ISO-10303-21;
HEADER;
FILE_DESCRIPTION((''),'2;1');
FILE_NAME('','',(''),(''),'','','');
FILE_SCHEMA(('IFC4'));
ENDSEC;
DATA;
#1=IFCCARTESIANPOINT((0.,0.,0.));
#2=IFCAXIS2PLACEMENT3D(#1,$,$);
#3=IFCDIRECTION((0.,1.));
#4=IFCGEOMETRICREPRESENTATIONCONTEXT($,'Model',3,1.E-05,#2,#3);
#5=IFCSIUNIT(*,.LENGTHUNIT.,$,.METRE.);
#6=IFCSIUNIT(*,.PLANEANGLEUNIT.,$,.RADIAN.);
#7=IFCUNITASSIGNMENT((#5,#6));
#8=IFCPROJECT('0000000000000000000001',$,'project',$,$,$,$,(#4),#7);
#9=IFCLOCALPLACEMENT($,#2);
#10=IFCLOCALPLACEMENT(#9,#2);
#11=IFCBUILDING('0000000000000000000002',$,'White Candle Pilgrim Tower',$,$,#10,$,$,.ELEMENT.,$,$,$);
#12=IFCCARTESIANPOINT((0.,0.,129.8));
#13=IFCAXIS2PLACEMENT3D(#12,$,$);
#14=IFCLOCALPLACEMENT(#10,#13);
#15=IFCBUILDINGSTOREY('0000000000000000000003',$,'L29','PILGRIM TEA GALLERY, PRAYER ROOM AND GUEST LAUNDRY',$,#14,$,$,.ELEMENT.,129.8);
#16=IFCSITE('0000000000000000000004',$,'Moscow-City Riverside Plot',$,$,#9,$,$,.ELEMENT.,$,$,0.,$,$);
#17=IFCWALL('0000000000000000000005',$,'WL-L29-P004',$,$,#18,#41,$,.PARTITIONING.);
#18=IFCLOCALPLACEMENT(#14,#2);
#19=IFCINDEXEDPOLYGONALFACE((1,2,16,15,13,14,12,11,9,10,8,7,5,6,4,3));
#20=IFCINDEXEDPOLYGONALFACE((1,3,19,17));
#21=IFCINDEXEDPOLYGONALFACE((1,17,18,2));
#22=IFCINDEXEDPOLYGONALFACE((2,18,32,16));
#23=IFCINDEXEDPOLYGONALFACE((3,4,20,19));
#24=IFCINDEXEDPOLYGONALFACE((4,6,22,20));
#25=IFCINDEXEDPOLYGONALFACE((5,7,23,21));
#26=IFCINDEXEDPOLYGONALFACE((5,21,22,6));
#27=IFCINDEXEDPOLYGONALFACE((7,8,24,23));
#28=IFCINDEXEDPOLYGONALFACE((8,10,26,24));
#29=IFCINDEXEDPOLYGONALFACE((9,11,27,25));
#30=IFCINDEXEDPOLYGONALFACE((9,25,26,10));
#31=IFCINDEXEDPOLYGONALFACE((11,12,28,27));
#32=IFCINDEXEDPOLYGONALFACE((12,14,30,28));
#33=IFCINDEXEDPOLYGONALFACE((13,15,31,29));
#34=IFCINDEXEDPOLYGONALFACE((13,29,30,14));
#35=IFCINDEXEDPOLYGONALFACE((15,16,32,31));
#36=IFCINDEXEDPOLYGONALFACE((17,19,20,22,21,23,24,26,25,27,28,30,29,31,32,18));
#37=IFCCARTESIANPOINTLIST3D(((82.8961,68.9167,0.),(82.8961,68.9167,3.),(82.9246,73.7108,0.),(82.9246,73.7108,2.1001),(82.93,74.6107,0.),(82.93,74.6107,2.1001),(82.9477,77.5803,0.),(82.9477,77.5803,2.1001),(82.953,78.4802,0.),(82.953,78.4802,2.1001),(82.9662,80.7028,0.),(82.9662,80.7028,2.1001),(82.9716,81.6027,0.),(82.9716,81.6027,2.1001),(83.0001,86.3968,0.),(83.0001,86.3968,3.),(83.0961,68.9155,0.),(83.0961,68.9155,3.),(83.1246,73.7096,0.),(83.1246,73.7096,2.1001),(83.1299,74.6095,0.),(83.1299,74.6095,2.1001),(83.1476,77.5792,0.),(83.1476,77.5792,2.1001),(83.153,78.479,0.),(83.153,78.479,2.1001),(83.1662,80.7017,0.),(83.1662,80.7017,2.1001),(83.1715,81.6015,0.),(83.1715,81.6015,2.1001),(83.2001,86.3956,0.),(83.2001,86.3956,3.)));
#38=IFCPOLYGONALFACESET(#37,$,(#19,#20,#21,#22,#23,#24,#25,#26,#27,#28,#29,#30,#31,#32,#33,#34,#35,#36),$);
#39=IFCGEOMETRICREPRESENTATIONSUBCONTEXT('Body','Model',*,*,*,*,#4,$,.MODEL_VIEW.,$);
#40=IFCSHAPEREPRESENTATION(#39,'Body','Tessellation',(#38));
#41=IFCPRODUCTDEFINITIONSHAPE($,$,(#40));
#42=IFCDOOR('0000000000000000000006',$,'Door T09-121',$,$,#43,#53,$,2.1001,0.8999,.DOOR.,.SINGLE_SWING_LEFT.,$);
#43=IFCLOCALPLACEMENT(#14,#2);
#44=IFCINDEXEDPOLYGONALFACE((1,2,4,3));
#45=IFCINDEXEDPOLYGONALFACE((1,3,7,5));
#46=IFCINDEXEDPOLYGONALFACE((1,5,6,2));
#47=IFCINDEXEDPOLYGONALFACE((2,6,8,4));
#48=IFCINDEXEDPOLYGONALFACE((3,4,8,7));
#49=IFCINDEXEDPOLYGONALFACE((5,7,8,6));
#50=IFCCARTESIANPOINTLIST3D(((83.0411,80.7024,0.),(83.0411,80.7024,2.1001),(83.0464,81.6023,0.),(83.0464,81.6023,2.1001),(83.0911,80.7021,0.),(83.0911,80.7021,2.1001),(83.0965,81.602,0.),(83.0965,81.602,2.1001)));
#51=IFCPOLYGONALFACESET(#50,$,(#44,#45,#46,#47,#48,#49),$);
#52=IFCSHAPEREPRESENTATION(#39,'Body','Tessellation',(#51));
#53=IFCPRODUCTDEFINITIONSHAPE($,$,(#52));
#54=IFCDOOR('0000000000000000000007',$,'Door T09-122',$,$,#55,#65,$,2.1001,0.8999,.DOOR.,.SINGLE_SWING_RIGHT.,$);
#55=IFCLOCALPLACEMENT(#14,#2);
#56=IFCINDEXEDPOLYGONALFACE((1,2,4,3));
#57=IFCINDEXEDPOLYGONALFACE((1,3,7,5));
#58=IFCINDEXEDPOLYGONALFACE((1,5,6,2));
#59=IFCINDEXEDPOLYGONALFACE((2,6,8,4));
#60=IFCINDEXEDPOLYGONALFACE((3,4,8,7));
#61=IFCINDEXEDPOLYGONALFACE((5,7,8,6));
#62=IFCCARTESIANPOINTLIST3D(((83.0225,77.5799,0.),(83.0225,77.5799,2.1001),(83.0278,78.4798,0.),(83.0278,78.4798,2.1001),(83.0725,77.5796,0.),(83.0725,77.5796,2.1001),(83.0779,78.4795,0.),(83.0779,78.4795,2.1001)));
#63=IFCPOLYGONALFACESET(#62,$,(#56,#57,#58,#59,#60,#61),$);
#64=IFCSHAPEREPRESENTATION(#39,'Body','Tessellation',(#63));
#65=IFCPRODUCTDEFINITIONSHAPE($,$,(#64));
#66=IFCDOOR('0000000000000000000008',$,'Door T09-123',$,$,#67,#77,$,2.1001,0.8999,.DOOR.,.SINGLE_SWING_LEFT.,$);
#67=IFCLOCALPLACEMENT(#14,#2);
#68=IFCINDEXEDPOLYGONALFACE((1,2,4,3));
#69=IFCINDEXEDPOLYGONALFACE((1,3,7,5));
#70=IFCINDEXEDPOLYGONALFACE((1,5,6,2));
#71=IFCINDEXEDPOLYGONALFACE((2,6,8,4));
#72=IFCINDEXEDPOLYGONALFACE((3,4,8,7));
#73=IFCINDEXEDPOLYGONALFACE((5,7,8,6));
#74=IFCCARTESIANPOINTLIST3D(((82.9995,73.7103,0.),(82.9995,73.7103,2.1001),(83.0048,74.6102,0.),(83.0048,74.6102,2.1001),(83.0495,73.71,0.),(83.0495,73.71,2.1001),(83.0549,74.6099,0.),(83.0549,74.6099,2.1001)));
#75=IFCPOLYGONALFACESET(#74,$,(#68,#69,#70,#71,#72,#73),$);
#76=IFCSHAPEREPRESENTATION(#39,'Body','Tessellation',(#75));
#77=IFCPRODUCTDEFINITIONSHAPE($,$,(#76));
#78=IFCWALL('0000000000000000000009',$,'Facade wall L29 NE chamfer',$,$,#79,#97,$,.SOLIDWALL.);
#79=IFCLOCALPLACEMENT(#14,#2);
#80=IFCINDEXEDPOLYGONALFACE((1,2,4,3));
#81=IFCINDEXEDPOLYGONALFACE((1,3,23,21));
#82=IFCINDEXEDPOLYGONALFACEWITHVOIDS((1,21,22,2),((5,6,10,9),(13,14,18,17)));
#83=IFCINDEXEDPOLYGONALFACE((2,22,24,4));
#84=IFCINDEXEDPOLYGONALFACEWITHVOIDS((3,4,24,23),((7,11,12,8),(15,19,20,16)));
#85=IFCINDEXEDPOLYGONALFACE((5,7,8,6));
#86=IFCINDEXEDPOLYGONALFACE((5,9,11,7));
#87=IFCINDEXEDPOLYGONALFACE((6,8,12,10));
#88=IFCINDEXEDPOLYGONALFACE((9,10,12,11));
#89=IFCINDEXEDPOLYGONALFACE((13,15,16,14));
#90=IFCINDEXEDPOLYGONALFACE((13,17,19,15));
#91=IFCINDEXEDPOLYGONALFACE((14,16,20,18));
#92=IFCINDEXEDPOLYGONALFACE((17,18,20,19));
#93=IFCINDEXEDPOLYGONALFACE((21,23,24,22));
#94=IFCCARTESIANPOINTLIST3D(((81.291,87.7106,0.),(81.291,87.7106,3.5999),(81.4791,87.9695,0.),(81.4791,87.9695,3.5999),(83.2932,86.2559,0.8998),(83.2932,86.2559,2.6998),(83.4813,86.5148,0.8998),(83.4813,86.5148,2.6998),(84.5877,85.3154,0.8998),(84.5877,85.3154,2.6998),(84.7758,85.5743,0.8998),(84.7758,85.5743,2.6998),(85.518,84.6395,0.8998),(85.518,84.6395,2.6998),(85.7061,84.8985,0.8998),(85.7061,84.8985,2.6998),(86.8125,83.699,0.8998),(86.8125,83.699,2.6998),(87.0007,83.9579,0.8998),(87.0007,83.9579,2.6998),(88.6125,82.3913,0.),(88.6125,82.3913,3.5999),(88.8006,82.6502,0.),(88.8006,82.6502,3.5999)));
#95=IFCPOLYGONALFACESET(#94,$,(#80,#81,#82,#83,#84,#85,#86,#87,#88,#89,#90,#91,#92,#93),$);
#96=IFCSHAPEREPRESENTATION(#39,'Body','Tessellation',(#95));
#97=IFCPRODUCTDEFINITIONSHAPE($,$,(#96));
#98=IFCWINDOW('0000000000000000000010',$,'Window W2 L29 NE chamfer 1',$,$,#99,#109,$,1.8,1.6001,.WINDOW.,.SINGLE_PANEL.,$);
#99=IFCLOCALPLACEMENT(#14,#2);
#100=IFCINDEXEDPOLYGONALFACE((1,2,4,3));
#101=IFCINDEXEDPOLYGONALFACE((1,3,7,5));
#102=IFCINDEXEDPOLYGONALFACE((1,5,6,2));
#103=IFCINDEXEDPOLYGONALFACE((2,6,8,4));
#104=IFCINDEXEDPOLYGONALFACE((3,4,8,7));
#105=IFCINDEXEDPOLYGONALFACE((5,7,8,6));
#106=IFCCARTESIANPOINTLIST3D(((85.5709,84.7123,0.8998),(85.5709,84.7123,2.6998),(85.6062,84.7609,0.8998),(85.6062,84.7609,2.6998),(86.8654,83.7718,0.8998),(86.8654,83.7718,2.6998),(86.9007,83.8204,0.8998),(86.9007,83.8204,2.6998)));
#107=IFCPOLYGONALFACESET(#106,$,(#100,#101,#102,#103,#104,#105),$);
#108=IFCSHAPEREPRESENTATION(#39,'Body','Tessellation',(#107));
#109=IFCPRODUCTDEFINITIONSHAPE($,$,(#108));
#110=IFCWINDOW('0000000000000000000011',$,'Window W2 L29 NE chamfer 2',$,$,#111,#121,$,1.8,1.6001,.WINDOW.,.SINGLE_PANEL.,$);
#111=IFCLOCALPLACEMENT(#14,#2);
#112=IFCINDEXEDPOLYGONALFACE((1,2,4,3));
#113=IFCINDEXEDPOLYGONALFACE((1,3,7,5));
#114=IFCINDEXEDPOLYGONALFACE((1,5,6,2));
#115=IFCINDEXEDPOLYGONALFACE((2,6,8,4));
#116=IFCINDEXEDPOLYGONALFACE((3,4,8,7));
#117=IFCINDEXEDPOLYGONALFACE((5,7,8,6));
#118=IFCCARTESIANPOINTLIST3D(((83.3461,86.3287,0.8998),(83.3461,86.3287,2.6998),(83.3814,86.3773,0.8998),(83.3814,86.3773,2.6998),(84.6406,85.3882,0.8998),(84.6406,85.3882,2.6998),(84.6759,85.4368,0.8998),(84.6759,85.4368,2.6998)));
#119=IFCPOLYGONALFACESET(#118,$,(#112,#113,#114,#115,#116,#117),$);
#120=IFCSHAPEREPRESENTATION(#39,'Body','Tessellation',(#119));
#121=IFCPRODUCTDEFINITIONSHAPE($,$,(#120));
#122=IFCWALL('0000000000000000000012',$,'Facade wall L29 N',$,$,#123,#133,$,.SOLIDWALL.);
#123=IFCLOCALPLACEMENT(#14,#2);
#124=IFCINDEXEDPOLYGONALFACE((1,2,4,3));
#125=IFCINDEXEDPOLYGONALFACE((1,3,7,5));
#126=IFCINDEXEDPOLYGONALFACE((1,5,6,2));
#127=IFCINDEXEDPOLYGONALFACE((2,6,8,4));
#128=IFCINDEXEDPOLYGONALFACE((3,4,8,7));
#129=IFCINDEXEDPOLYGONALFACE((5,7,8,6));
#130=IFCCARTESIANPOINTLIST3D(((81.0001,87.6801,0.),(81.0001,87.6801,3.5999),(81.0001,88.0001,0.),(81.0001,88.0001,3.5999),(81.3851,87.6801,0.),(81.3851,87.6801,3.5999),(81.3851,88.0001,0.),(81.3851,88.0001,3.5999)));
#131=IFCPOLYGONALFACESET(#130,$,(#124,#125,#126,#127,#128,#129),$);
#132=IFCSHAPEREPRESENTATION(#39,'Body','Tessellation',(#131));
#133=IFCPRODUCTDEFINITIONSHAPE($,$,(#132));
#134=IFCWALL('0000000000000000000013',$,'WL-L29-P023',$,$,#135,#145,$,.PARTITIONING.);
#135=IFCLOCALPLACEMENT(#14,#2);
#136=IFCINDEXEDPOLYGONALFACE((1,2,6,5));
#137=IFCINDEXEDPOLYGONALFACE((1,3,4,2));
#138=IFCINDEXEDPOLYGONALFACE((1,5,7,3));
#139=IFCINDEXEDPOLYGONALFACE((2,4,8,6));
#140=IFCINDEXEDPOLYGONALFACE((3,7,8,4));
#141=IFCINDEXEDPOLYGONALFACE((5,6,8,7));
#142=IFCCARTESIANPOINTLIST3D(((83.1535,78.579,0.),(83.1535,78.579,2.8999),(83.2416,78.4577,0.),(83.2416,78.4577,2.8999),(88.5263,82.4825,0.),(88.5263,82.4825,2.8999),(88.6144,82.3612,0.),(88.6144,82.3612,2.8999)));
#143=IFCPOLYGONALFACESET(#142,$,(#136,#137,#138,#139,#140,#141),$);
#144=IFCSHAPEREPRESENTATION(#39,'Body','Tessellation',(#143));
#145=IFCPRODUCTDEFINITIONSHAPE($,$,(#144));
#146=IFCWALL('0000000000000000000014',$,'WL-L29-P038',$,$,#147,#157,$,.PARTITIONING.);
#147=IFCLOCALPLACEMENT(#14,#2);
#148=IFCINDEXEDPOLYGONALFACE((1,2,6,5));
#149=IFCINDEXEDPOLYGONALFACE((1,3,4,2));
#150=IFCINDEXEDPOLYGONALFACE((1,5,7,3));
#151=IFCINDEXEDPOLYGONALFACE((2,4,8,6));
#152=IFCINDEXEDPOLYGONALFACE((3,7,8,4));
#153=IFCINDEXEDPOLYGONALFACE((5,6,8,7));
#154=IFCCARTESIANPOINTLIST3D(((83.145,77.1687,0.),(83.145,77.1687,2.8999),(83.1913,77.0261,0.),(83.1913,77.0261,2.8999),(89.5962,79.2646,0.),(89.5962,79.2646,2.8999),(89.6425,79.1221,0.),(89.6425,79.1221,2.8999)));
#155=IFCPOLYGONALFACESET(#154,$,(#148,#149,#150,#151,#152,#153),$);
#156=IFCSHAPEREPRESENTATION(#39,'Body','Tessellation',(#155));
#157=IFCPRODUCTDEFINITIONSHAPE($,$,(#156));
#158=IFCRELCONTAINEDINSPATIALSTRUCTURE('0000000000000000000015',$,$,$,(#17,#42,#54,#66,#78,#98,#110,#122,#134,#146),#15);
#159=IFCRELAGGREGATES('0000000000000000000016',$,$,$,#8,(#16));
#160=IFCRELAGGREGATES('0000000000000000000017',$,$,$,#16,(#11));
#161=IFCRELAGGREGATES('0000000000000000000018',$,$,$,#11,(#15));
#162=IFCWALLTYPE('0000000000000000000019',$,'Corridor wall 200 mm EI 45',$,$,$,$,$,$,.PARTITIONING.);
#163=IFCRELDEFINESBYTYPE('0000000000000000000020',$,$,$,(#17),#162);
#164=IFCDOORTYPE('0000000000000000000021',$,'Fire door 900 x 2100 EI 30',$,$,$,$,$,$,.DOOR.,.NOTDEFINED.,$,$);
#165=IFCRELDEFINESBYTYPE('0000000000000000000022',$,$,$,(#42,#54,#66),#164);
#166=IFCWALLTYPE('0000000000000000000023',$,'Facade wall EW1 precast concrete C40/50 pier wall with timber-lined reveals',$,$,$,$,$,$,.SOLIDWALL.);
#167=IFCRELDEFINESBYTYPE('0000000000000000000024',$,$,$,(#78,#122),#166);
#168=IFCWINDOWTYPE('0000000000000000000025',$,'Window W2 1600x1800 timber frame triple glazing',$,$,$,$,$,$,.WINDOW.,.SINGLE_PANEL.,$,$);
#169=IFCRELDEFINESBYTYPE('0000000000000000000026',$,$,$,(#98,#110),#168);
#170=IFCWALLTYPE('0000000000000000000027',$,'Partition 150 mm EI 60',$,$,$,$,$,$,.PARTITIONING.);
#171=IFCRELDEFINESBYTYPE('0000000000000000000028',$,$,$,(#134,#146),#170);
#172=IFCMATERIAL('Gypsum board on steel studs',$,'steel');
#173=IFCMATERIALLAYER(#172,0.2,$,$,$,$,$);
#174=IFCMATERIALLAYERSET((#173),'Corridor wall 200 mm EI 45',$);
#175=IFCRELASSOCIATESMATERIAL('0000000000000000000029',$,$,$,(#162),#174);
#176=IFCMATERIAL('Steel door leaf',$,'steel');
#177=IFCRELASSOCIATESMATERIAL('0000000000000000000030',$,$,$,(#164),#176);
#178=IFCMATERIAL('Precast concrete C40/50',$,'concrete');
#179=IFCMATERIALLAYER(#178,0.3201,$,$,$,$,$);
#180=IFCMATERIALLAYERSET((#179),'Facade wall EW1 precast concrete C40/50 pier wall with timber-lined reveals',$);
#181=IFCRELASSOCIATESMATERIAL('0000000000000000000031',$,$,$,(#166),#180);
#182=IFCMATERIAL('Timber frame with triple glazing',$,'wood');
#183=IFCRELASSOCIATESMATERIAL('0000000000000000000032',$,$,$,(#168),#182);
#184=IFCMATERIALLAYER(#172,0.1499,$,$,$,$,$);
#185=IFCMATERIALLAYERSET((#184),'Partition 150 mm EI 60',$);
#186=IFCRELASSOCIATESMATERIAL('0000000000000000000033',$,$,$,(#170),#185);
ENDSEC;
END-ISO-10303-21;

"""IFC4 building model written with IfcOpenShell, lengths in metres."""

from ifc_helpers import new_model, si_unit, direction, frame, frame_2d, origin, place, context, subcontext, project, spatial, rectangle, extrude, material, layer, layer_set, type_object, element, fill, save


model = new_model("IFC4")

# Units and contexts
model_context = context("Model", 3, precision=1e-05, world=origin(), true_north=direction((0.0, 1.0)))
body_context = subcontext(model_context, "Body", "Model", "MODEL_VIEW")
ifc_project = project(units=[si_unit("LENGTHUNIT", "METRE"), si_unit("PLANEANGLEUNIT", "RADIAN")], contexts=[model_context])

# Site, building, storey
site_placement = place(None, origin())
site = spatial("IfcSite", under=ifc_project, at=site_placement, Name="Moscow-City Riverside Plot", CompositionType="ELEMENT", RefElevation=0.0)
building_placement = place(site_placement, origin())
building = spatial("IfcBuilding", under=site, at=building_placement, Name="White Candle Pilgrim Tower", CompositionType="ELEMENT")
storey_placement = place(building_placement, frame((0.0, 0.0, 129.8)))
storey = spatial("IfcBuildingStorey", under=building, at=storey_placement, Name="L29", Description="PILGRIM TEA GALLERY, PRAYER ROOM AND GUEST LAUNDRY", CompositionType="ELEMENT", Elevation=129.8)

# Shared definitions
ifc_material_1 = material(Name="Steel door leaf", Category="steel")

# Wall, openings, doors
ifc_material_2 = material(Name="Gypsum board on steel studs", Category="steel")
ifc_layer_1 = layer(ifc_material_2, 0.2)
ifc_layer_set_1 = layer_set([ifc_layer_1], Name="Corridor wall 200 mm EI 45")
wall_type_1 = type_object("IfcWallType", Name="Corridor wall 200 mm EI 45", PredefinedType="PARTITIONING", material=ifc_layer_set_1)
wall_1_placement = place(storey_placement, frame((83.1001, 86.3962, 0.0), z_axis=(0.0, 0.0, 1.0), x_axis=(-0.00595, -0.999982, 0.0)))
wall_1 = element("IfcWall", 1, at=wall_1_placement, inside=storey, type_object=wall_type_1, Name="WL-L29-P004", PredefinedType="PARTITIONING", context=body_context, shape_type="SweptSolid", body=[
    extrude(rectangle(XDim=17.4805, YDim=0.2, at=frame_2d((8.7402, 0.0))), origin(), (0.0, 0.0, 1.0), 3.0),
])
opening_1_placement = place(wall_1_placement, frame((4.7942, 0.0, 0.0)))
opening_1 = element("IfcOpeningElement", 2, at=opening_1_placement, cuts=wall_1, PredefinedType="OPENING", context=body_context, shape_type="SweptSolid", body=[
    extrude(rectangle(XDim=0.8999, YDim=2.1001, at=frame_2d((0.45, 1.05))), frame((0.0, 0.1099, 0.0), z_axis=(0.0, -1.0, 0.0), x_axis=(1.0, 0.0, 0.0)), (0.0, 0.0, 1.0), 0.22),
])
opening_2_placement = place(wall_1_placement, frame((7.9167, 0.0, 0.0)))
opening_2 = element("IfcOpeningElement", 3, at=opening_2_placement, cuts=wall_1, PredefinedType="OPENING", context=body_context, shape_type="SweptSolid", body=[
    extrude(rectangle(XDim=0.8999, YDim=2.1001, at=frame_2d((0.45, 1.05))), frame((0.0, 0.1099, 0.0), z_axis=(0.0, -1.0, 0.0), x_axis=(1.0, 0.0, 0.0)), (0.0, 0.0, 1.0), 0.22),
])
opening_3_placement = place(wall_1_placement, frame((11.7864, 0.0, 0.0)))
opening_3 = element("IfcOpeningElement", 4, at=opening_3_placement, cuts=wall_1, PredefinedType="OPENING", context=body_context, shape_type="SweptSolid", body=[
    extrude(rectangle(XDim=0.8999, YDim=2.1001, at=frame_2d((0.45, 1.05))), frame((0.0, 0.1099, 0.0), z_axis=(0.0, -1.0, 0.0), x_axis=(1.0, 0.0, 0.0)), (0.0, 0.0, 1.0), 0.22),
])
door_type_1 = type_object("IfcDoorType", Name="Fire door 900 x 2100 EI 30", OperationType="NOTDEFINED", PredefinedType="DOOR", material=ifc_material_1)
door_1_placement = place(opening_1_placement, origin())
door_1 = element("IfcDoor", 5, at=door_1_placement, inside=storey, type_object=door_type_1, Name="Door T09-121", OperationType="SINGLE_SWING_LEFT", OverallHeight=2.1001, OverallWidth=0.8999, PredefinedType="DOOR", context=body_context, shape_type="SweptSolid", body=[
    extrude(rectangle(XDim=0.8999, YDim=2.1001, at=frame_2d((0.45, 1.05))), frame((0.0, 0.0249, 0.0), z_axis=(0.0, -1.0, 0.0), x_axis=(1.0, 0.0, 0.0)), (0.0, 0.0, 1.0), 0.05),
])
fill(opening_1, door_1)
door_2_placement = place(opening_2_placement, origin())
door_2 = element("IfcDoor", 6, at=door_2_placement, inside=storey, type_object=door_type_1, Name="Door T09-122", OperationType="SINGLE_SWING_RIGHT", OverallHeight=2.1001, OverallWidth=0.8999, PredefinedType="DOOR", context=body_context, shape_type="SweptSolid", body=[
    extrude(rectangle(XDim=0.8999, YDim=2.1001, at=frame_2d((0.45, 1.05))), frame((0.0, 0.0249, 0.0), z_axis=(0.0, -1.0, 0.0), x_axis=(1.0, 0.0, 0.0)), (0.0, 0.0, 1.0), 0.05),
])
fill(opening_2, door_2)
door_3_placement = place(opening_3_placement, origin())
door_3 = element("IfcDoor", 7, at=door_3_placement, inside=storey, type_object=door_type_1, Name="Door T09-123", OperationType="SINGLE_SWING_LEFT", OverallHeight=2.1001, OverallWidth=0.8999, PredefinedType="DOOR", context=body_context, shape_type="SweptSolid", body=[
    extrude(rectangle(XDim=0.8999, YDim=2.1001, at=frame_2d((0.45, 1.05))), frame((0.0, 0.0249, 0.0), z_axis=(0.0, -1.0, 0.0), x_axis=(1.0, 0.0, 0.0)), (0.0, 0.0, 1.0), 0.05),
])
fill(opening_3, door_3)

# Wall, openings, windows
ifc_material_3 = material(Name="Precast concrete C40/50", Category="concrete")
ifc_layer_2 = layer(ifc_material_3, 0.3201)
ifc_layer_set_2 = layer_set([ifc_layer_2], Name="Facade wall EW1 precast concrete C40/50 pier wall with timber-lined reveals")
wall_type_2 = type_object("IfcWallType", Name="Facade wall EW1 precast concrete C40/50 pier wall with timber-lined reveals", PredefinedType="SOLIDWALL", material=ifc_layer_set_2)
wall_2_placement = place(storey_placement, frame((88.7065, 82.5208, 0.0), z_axis=(0.0, 0.0, 1.0), x_axis=(-0.809021, 0.58778, 0.0)))
wall_2 = element("IfcWall", 8, at=wall_2_placement, inside=storey, type_object=wall_type_2, Name="Facade wall L29 NE chamfer", PredefinedType="SOLIDWALL", context=body_context, shape_type="SweptSolid", body=[
    extrude(rectangle(XDim=9.0498, YDim=0.3201, at=frame_2d((4.5249, 0.0))), origin(), (0.0, 0.0, 1.0), 3.5999),
])
opening_4_placement = place(wall_2_placement, frame((2.2249, 0.0, 0.8999)))
opening_4 = element("IfcOpeningElement", 9, at=opening_4_placement, cuts=wall_2, PredefinedType="OPENING", context=body_context, shape_type="SweptSolid", body=[
    extrude(rectangle(XDim=1.6001, YDim=1.8, at=frame_2d((0.8, 0.8999))), frame((0.0, 0.1699, 0.0), z_axis=(0.0, -1.0, 0.0), x_axis=(1.0, 0.0, 0.0)), (0.0, 0.0, 1.0), 0.3401),
])
opening_5_placement = place(wall_2_placement, frame((4.9749, 0.0, 0.8999)))
opening_5 = element("IfcOpeningElement", 10, at=opening_5_placement, cuts=wall_2, PredefinedType="OPENING", context=body_context, shape_type="SweptSolid", body=[
    extrude(rectangle(XDim=1.6001, YDim=1.8, at=frame_2d((0.8, 0.8999))), frame((0.0, 0.1699, 0.0), z_axis=(0.0, -1.0, 0.0), x_axis=(1.0, 0.0, 0.0)), (0.0, 0.0, 1.0), 0.3401),
])
ifc_material_4 = material(Name="Timber frame with triple glazing", Category="wood")
window_type = type_object("IfcWindowType", Name="Window W2 1600x1800 timber frame triple glazing", PartitioningType="SINGLE_PANEL", PredefinedType="WINDOW", material=ifc_material_4)
window_1_placement = place(opening_4_placement, origin())
window_1 = element("IfcWindow", 11, at=window_1_placement, inside=storey, type_object=window_type, Name="Window W2 L29 NE chamfer 1", OverallHeight=1.8, OverallWidth=1.6001, PartitioningType="SINGLE_PANEL", PredefinedType="WINDOW", context=body_context, shape_type="SweptSolid", body=[
    extrude(rectangle(XDim=1.6001, YDim=1.8, at=frame_2d((0.8, 0.8999))), frame((0.0, 0.0701, 0.0), z_axis=(0.0, -1.0, 0.0), x_axis=(1.0, 0.0, 0.0)), (0.0, 0.0, 1.0), 0.0601),
])
fill(opening_4, window_1)
window_2_placement = place(opening_5_placement, origin())
window_2 = element("IfcWindow", 12, at=window_2_placement, inside=storey, type_object=window_type, Name="Window W2 L29 NE chamfer 2", OverallHeight=1.8, OverallWidth=1.6001, PartitioningType="SINGLE_PANEL", PredefinedType="WINDOW", context=body_context, shape_type="SweptSolid", body=[
    extrude(rectangle(XDim=1.6001, YDim=1.8, at=frame_2d((0.8, 0.8999))), frame((0.0, 0.0701, 0.0), z_axis=(0.0, -1.0, 0.0), x_axis=(1.0, 0.0, 0.0)), (0.0, 0.0, 1.0), 0.0601),
])
fill(opening_5, window_2)

# Walls
wall_3_placement = place(storey_placement, frame((81.385, 87.8401, 0.0), z_axis=(0.0, 0.0, 1.0), x_axis=(-1.0, 0.0, 0.0)))
element("IfcWall", 13, at=wall_3_placement, inside=storey, type_object=wall_type_2, Name="Facade wall L29 N", PredefinedType="SOLIDWALL", context=body_context, shape_type="SweptSolid", body=[
    extrude(rectangle(XDim=0.385, YDim=0.3201, at=frame_2d((0.1924, 0.0))), origin(), (0.0, 0.0, 1.0), 3.5999),
])
ifc_layer_3 = layer(ifc_material_2, 0.1499)
ifc_layer_set_3 = layer_set([ifc_layer_3], Name="Partition 150 mm EI 60")
wall_type_3 = type_object("IfcWallType", Name="Partition 150 mm EI 60", PredefinedType="PARTITIONING", material=ifc_layer_set_3)
wall_4_placement = place(storey_placement, frame((88.5703, 82.4219, 0.0), z_axis=(0.0, 0.0, 1.0), x_axis=(-0.809017, -0.587785, 0.0)))
element("IfcWall", 14, at=wall_4_placement, inside=storey, type_object=wall_type_3, Name="WL-L29-P023", PredefinedType="PARTITIONING", context=body_context, shape_type="SweptSolid", body=[
    extrude(rectangle(XDim=6.6411, YDim=0.1499, at=frame_2d((3.3206, 0.0))), origin(), (0.0, 0.0, 1.0), 2.8999),
])
wall_5_placement = place(storey_placement, frame((89.6194, 79.1934, 0.0), z_axis=(0.0, 0.0, 1.0), x_axis=(-0.951064, -0.308995, 0.0)))
element("IfcWall", 15, at=wall_5_placement, inside=storey, type_object=wall_type_3, Name="WL-L29-P038", PredefinedType="PARTITIONING", context=body_context, shape_type="SweptSolid", body=[
    extrude(rectangle(XDim=6.7832, YDim=0.1499, at=frame_2d((3.3916, 0.0))), origin(), (0.0, 0.0, 1.0), 2.8999),
])

save(model, "model.ifc")
